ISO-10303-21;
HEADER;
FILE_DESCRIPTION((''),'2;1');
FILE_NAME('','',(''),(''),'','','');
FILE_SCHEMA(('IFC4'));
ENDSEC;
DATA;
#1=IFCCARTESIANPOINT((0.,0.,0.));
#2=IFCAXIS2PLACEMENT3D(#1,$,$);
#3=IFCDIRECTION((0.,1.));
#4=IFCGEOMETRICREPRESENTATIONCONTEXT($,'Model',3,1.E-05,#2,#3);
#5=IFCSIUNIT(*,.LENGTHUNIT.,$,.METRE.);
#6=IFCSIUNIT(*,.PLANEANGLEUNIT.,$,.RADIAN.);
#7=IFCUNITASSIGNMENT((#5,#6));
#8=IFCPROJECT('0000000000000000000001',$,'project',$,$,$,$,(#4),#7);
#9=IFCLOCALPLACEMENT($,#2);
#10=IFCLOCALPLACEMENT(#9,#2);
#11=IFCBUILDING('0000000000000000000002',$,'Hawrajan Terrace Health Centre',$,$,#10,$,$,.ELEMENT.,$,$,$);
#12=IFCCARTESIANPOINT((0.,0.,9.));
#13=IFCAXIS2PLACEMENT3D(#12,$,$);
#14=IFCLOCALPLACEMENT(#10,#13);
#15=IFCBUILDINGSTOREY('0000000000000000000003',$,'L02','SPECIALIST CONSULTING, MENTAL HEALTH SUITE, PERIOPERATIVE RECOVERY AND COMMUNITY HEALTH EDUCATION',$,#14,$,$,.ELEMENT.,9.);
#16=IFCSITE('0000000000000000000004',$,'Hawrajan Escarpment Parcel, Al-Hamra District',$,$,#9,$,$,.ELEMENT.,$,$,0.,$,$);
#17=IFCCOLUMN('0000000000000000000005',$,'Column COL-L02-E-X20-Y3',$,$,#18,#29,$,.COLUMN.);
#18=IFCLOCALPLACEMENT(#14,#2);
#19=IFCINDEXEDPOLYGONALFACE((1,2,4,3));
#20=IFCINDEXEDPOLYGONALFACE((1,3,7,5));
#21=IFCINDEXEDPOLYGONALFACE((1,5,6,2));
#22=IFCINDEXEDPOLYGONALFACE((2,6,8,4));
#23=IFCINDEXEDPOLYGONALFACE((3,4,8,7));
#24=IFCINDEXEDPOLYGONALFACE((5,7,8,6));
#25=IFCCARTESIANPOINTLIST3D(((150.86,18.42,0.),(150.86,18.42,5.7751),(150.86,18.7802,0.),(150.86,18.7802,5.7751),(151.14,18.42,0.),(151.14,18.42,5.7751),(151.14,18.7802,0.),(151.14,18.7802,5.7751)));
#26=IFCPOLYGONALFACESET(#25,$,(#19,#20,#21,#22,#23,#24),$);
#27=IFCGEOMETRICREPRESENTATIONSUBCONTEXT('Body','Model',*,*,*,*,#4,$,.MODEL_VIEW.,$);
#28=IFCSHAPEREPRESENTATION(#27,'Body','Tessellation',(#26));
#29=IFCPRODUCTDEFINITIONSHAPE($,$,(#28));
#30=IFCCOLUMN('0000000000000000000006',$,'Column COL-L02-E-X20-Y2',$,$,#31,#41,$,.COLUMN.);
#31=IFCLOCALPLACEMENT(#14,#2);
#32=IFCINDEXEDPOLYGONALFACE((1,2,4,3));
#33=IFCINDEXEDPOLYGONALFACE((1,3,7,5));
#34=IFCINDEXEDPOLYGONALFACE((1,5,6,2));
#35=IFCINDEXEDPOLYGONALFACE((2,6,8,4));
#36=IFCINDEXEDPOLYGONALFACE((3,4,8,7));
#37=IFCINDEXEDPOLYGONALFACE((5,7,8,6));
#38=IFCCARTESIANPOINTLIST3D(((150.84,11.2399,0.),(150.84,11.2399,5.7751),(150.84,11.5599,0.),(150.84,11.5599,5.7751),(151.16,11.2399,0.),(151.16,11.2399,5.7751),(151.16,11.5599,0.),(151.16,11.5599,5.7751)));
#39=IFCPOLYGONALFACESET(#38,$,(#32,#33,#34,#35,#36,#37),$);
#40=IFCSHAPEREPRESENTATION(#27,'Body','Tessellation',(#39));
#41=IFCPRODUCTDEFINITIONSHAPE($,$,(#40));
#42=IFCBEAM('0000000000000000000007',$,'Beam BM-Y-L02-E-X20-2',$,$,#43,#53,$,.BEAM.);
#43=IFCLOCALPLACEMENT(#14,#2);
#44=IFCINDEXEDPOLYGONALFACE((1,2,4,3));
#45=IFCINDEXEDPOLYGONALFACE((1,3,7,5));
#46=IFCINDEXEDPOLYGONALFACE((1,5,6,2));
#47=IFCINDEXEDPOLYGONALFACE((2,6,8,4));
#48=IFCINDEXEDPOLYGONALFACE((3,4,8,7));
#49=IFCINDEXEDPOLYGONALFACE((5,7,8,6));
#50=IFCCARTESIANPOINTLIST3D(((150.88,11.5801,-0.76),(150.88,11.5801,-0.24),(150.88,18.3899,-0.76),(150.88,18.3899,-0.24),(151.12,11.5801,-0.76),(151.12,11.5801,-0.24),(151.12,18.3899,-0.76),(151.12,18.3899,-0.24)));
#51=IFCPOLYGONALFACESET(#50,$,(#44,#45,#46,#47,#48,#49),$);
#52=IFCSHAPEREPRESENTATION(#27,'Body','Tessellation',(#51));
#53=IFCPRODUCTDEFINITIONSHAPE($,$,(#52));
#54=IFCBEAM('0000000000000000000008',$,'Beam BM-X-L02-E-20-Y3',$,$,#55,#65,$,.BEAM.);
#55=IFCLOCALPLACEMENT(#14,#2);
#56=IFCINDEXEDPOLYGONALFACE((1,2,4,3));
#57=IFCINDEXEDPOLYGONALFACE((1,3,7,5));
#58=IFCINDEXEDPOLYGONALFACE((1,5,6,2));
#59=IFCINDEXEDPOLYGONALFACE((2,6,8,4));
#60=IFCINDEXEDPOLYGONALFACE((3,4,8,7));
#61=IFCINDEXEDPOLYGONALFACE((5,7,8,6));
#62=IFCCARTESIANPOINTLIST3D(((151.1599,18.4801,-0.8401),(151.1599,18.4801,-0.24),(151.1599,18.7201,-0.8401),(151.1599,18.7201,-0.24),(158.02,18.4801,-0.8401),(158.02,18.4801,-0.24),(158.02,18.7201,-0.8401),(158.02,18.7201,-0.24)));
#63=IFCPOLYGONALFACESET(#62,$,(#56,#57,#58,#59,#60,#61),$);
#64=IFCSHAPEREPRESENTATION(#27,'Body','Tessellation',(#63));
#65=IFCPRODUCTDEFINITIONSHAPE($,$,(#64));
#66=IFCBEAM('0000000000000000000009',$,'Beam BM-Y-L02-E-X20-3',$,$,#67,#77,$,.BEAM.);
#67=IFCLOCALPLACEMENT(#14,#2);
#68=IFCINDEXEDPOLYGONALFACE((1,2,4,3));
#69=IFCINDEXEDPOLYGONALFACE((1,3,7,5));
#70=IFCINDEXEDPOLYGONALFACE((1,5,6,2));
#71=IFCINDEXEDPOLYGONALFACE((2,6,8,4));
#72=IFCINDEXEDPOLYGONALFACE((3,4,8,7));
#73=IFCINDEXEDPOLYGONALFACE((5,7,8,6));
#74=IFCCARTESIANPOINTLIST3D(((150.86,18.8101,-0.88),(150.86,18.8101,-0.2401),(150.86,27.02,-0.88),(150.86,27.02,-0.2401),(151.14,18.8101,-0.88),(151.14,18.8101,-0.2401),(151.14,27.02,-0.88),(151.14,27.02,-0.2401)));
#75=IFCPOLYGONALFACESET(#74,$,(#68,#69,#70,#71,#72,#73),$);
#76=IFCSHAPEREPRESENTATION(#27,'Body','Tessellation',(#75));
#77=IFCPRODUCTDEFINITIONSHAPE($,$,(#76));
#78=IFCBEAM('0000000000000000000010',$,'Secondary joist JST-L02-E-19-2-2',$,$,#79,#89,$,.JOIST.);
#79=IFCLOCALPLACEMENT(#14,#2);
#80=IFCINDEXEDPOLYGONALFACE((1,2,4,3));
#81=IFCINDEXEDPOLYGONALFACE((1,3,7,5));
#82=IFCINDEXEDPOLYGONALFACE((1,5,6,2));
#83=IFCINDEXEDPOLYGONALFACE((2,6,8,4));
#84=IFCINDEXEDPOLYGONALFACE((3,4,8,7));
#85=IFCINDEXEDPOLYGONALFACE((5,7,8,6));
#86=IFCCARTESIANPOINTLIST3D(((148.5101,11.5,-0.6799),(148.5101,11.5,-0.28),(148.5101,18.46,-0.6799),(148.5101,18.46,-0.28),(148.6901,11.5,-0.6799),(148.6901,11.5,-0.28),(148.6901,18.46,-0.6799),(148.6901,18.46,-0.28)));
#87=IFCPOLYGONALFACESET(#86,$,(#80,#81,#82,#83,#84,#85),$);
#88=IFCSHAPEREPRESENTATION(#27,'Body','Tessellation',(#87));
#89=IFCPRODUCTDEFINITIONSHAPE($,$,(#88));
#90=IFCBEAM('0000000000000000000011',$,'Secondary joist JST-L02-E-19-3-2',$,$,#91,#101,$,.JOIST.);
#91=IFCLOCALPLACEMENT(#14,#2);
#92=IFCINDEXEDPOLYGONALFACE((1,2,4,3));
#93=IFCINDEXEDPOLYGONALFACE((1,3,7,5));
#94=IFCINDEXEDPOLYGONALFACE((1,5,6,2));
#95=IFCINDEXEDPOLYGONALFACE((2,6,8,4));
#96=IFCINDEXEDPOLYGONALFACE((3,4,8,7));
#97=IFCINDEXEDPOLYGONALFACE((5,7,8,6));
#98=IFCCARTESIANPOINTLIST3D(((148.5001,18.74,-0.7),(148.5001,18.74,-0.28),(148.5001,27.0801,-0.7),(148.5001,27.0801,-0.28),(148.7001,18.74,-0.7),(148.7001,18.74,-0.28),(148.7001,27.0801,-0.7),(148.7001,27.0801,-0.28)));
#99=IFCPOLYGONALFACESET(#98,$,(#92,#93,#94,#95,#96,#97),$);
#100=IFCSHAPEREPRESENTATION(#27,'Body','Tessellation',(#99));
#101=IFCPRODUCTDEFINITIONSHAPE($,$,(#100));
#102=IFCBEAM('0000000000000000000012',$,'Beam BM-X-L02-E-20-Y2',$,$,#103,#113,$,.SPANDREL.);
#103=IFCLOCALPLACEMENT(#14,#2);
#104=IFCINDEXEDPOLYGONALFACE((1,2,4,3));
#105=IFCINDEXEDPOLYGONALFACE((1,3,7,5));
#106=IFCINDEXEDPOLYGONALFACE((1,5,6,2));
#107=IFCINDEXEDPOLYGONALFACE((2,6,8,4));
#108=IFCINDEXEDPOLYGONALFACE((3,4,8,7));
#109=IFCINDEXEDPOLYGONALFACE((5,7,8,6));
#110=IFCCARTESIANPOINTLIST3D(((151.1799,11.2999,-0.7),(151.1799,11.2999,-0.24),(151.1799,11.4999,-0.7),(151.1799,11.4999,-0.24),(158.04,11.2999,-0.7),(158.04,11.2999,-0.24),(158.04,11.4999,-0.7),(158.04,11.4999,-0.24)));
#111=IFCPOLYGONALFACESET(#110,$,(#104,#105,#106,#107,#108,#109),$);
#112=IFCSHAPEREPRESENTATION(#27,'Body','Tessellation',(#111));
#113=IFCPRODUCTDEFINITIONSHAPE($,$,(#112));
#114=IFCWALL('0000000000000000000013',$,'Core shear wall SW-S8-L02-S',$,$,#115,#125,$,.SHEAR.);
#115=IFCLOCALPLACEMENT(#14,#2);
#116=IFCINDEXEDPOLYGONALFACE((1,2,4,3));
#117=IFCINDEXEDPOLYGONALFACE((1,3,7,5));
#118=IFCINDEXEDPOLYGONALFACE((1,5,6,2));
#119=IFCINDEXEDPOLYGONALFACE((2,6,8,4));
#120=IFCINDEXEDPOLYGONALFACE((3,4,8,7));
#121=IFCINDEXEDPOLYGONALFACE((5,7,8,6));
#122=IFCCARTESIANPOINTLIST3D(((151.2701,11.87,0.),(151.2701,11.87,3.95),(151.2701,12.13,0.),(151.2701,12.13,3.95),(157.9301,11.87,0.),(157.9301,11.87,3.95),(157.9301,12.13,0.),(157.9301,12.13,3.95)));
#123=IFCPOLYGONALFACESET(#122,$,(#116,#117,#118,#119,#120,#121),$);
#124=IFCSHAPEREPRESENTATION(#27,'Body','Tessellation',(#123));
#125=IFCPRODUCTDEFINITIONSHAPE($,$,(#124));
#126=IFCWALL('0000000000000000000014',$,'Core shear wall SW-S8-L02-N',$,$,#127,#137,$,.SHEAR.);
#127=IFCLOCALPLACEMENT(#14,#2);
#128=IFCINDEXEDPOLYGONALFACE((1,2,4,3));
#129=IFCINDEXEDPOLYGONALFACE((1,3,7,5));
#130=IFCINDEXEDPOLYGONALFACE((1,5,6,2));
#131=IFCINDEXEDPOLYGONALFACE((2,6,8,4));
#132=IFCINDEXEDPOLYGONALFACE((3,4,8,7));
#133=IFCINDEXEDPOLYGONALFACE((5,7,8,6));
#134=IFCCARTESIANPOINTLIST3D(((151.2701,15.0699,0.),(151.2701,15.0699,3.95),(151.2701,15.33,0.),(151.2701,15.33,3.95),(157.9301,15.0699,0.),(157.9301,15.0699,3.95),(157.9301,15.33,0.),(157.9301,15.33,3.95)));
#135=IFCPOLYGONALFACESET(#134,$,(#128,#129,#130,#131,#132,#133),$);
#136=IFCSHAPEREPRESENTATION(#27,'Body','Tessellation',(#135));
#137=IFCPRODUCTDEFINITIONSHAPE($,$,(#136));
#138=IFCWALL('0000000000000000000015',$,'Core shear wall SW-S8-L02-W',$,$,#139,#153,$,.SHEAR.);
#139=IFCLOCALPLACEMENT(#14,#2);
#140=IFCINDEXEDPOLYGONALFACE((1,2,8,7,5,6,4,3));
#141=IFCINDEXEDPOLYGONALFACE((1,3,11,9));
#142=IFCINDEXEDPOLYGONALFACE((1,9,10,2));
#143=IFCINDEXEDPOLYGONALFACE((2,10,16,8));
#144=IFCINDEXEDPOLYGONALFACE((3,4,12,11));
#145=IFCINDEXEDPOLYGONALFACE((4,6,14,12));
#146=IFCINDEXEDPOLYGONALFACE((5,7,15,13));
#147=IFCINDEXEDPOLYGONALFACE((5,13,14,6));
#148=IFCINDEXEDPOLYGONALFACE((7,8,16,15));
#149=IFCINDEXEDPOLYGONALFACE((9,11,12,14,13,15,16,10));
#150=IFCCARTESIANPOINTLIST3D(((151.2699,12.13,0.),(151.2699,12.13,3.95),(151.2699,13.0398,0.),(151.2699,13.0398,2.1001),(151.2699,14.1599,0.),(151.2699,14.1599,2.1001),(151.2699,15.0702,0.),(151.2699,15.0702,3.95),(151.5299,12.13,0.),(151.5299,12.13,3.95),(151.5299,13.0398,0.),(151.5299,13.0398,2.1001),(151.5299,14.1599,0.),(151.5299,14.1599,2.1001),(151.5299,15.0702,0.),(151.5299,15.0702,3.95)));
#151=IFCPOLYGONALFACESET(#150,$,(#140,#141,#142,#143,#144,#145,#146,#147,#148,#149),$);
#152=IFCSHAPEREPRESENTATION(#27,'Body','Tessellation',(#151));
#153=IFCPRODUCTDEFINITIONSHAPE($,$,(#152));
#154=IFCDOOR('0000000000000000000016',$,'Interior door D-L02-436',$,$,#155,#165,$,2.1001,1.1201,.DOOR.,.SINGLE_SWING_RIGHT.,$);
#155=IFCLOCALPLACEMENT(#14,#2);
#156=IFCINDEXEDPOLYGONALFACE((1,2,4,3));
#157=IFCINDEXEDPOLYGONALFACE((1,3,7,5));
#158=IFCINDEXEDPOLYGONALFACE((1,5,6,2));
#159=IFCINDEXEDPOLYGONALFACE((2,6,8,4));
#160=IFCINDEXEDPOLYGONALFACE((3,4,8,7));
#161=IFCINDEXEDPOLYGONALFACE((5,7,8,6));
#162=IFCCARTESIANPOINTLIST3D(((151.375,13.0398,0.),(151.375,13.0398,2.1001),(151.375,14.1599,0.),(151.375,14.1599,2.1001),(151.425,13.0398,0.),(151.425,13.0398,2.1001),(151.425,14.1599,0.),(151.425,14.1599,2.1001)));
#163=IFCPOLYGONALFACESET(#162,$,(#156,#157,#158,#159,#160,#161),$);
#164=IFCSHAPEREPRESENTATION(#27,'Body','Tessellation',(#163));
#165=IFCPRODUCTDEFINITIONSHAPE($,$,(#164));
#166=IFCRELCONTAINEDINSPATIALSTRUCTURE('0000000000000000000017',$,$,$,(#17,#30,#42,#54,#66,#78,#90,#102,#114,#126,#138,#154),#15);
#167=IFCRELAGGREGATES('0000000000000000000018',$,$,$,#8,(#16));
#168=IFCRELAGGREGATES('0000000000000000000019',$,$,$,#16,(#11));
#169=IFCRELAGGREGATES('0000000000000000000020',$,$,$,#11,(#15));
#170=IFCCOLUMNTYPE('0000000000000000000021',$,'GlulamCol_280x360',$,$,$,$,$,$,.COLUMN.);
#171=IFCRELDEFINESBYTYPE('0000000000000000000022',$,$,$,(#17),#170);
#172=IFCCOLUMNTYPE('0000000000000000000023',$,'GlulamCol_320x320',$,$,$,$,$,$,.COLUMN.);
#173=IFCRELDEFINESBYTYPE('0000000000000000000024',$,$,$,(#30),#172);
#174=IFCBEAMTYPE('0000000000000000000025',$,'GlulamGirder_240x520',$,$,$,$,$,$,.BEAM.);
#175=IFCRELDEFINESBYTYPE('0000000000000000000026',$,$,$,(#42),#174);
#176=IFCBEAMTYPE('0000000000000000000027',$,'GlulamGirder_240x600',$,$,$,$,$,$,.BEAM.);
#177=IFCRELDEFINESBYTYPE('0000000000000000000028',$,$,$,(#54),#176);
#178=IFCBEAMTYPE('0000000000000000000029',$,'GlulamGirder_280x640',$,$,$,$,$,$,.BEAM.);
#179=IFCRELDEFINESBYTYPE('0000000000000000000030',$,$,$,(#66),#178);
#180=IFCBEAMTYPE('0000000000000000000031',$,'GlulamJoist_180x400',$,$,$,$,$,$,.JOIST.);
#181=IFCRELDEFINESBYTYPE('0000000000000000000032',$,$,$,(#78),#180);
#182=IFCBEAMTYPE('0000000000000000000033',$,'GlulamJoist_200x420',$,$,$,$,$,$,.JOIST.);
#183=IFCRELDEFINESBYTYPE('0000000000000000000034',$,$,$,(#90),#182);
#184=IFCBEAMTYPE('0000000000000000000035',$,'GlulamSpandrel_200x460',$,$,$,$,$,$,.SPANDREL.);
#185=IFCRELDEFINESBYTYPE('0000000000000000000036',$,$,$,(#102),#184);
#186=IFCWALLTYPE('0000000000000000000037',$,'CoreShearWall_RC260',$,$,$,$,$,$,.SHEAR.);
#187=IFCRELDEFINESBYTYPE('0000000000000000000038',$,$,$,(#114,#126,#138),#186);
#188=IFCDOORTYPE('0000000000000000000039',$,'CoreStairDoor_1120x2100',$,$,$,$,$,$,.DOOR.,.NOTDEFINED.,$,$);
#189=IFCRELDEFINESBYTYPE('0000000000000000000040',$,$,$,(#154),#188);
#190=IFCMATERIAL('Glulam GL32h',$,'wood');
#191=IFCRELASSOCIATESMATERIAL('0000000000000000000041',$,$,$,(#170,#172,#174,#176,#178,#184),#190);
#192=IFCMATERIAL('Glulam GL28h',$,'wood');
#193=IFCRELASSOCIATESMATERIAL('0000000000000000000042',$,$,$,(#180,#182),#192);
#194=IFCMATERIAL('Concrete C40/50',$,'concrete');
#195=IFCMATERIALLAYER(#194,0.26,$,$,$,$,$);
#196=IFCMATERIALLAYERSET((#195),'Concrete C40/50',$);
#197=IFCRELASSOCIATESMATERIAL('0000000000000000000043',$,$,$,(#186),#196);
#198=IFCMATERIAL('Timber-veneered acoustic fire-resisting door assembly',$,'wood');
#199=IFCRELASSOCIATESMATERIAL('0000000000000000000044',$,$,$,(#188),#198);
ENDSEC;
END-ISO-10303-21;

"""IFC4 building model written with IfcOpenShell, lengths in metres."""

from ifc_helpers import new_model, si_unit, direction, frame, frame_2d, origin, origin_2d, place, context, subcontext, project, spatial, rectangle, extrude, material, layer, layer_set, material_profile, profile_set, type_object, element, fill, save


model = new_model("IFC4")

# Units and contexts
model_context = context("Model", 3, precision=1e-05, world=origin(), true_north=direction((0.0, 1.0)))
body_context = subcontext(model_context, "Body", "Model", "MODEL_VIEW")
ifc_project = project(units=[si_unit("LENGTHUNIT", "METRE"), si_unit("PLANEANGLEUNIT", "RADIAN")], contexts=[model_context])

# Site, building, storey
site_placement = place(None, origin())
site = spatial("IfcSite", under=ifc_project, at=site_placement, Name="Hawrajan Escarpment Parcel, Al-Hamra District", CompositionType="ELEMENT", RefElevation=0.0)
building_placement = place(site_placement, origin())
building = spatial("IfcBuilding", under=site, at=building_placement, Name="Hawrajan Terrace Health Centre", CompositionType="ELEMENT")
storey_placement = place(building_placement, frame((0.0, 0.0, 9.0)))
storey = spatial("IfcBuildingStorey", under=building, at=storey_placement, Name="L02", Description="SPECIALIST CONSULTING, MENTAL HEALTH SUITE, PERIOPERATIVE RECOVERY AND COMMUNITY HEALTH EDUCATION", CompositionType="ELEMENT", Elevation=9.0)

# Columns
ifc_material_1 = material(Name="Glulam GL32h", Category="wood")
ifc_material_profile_1 = material_profile(ifc_material_1, rectangle(XDim=0.28, YDim=0.3601, at=origin_2d()), Name="GL 280x360")
ifc_profile_set_1 = profile_set([ifc_material_profile_1], Name="Glulam GL32h")
column_type_1 = type_object("IfcColumnType", Name="GlulamCol_280x360", PredefinedType="COLUMN", material=ifc_profile_set_1)
column_1_placement = place(storey_placement, frame((151.0, 18.6001, 0.0), z_axis=(0.0, 0.0, 1.0), x_axis=(1.0, 0.0, 0.0)))
element("IfcColumn", 1, at=column_1_placement, inside=storey, type_object=column_type_1, Name="Column COL-L02-E-X20-Y3", PredefinedType="COLUMN", context=body_context, shape_type="SweptSolid", body=[
    extrude(rectangle(XDim=0.28, YDim=0.3601, at=origin_2d()), origin(), (0.0, 0.0, 1.0), 5.7751),
])
ifc_material_profile_2 = material_profile(ifc_material_1, rectangle(XDim=0.3201, YDim=0.3201, at=origin_2d()), Name="GL 320x320")
ifc_profile_set_2 = profile_set([ifc_material_profile_2], Name="Glulam GL32h")
column_type_2 = type_object("IfcColumnType", Name="GlulamCol_320x320", PredefinedType="COLUMN", material=ifc_profile_set_2)
column_2_placement = place(storey_placement, frame((151.0, 11.3999, 0.0), z_axis=(0.0, 0.0, 1.0), x_axis=(1.0, 0.0, 0.0)))
element("IfcColumn", 2, at=column_2_placement, inside=storey, type_object=column_type_2, Name="Column COL-L02-E-X20-Y2", PredefinedType="COLUMN", context=body_context, shape_type="SweptSolid", body=[
    extrude(rectangle(XDim=0.3201, YDim=0.3201, at=origin_2d()), origin(), (0.0, 0.0, 1.0), 5.7751),
])

# Beams
ifc_material_profile_3 = material_profile(ifc_material_1, rectangle(XDim=0.24, YDim=0.52, at=origin_2d()), Name="GL BM 240x520")
ifc_profile_set_3 = profile_set([ifc_material_profile_3], Name="Glulam GL32h")
beam_type_1 = type_object("IfcBeamType", Name="GlulamGirder_240x520", PredefinedType="BEAM", material=ifc_profile_set_3)
beam_1_placement = place(storey_placement, frame((151.0, 11.5801, -0.5), z_axis=(0.0, 1.0, 0.0), x_axis=(-1.0, 0.0, 0.0)))
element("IfcBeam", 3, at=beam_1_placement, inside=storey, type_object=beam_type_1, Name="Beam BM-Y-L02-E-X20-2", PredefinedType="BEAM", context=body_context, shape_type="SweptSolid", body=[
    extrude(rectangle(XDim=0.24, YDim=0.52, at=origin_2d()), origin(), (0.0, 0.0, 1.0), 6.8098),
])
ifc_material_profile_4 = material_profile(ifc_material_1, rectangle(XDim=0.24, YDim=0.6001, at=origin_2d()), Name="GL BM 240x600")
ifc_profile_set_4 = profile_set([ifc_material_profile_4], Name="Glulam GL32h")
beam_type_2 = type_object("IfcBeamType", Name="GlulamGirder_240x600", PredefinedType="BEAM", material=ifc_profile_set_4)
beam_2_placement = place(storey_placement, frame((151.1599, 18.6001, -0.54), z_axis=(1.0, 0.0, 0.0), x_axis=(0.0, 1.0, 0.0)))
element("IfcBeam", 4, at=beam_2_placement, inside=storey, type_object=beam_type_2, Name="Beam BM-X-L02-E-20-Y3", PredefinedType="BEAM", context=body_context, shape_type="SweptSolid", body=[
    extrude(rectangle(XDim=0.24, YDim=0.6001, at=origin_2d()), origin(), (0.0, 0.0, 1.0), 6.8601),
])
ifc_material_profile_5 = material_profile(ifc_material_1, rectangle(XDim=0.28, YDim=0.6399, at=origin_2d()), Name="GL BM 280x640")
ifc_profile_set_5 = profile_set([ifc_material_profile_5], Name="Glulam GL32h")
beam_type_3 = type_object("IfcBeamType", Name="GlulamGirder_280x640", PredefinedType="BEAM", material=ifc_profile_set_5)
beam_3_placement = place(storey_placement, frame((151.0, 18.8101, -0.5601), z_axis=(0.0, 1.0, 0.0), x_axis=(-1.0, 0.0, 0.0)))
element("IfcBeam", 5, at=beam_3_placement, inside=storey, type_object=beam_type_3, Name="Beam BM-Y-L02-E-X20-3", PredefinedType="BEAM", context=body_context, shape_type="SweptSolid", body=[
    extrude(rectangle(XDim=0.28, YDim=0.6399, at=origin_2d()), origin(), (0.0, 0.0, 1.0), 8.21),
])
ifc_material_2 = material(Name="Glulam GL28h", Category="wood")
ifc_material_profile_6 = material_profile(ifc_material_2, rectangle(XDim=0.1799, YDim=0.3999, at=origin_2d()), Name="GL JST 180x400")
ifc_profile_set_6 = profile_set([ifc_material_profile_6], Name="Glulam GL28h")
beam_type_4 = type_object("IfcBeamType", Name="GlulamJoist_180x400", PredefinedType="JOIST", material=ifc_profile_set_6)
beam_4_placement = place(storey_placement, frame((148.6001, 11.5, -0.48), z_axis=(0.0, 1.0, 0.0), x_axis=(-1.0, 0.0, 0.0)))
element("IfcBeam", 6, at=beam_4_placement, inside=storey, type_object=beam_type_4, Name="Secondary joist JST-L02-E-19-2-2", PredefinedType="JOIST", context=body_context, shape_type="SweptSolid", body=[
    extrude(rectangle(XDim=0.1799, YDim=0.3999, at=origin_2d()), origin(), (0.0, 0.0, 1.0), 6.96),
])
ifc_material_profile_7 = material_profile(ifc_material_2, rectangle(XDim=0.2, YDim=0.4199, at=origin_2d()), Name="GL JST 200x420")
ifc_profile_set_7 = profile_set([ifc_material_profile_7], Name="Glulam GL28h")
beam_type_5 = type_object("IfcBeamType", Name="GlulamJoist_200x420", PredefinedType="JOIST", material=ifc_profile_set_7)
beam_5_placement = place(storey_placement, frame((148.6001, 18.74, -0.49), z_axis=(0.0, 1.0, 0.0), x_axis=(-1.0, 0.0, 0.0)))
element("IfcBeam", 7, at=beam_5_placement, inside=storey, type_object=beam_type_5, Name="Secondary joist JST-L02-E-19-3-2", PredefinedType="JOIST", context=body_context, shape_type="SweptSolid", body=[
    extrude(rectangle(XDim=0.2, YDim=0.4199, at=origin_2d()), origin(), (0.0, 0.0, 1.0), 8.3401),
])
ifc_material_profile_8 = material_profile(ifc_material_1, rectangle(XDim=0.2, YDim=0.46, at=origin_2d()), Name="GL SP 200x460")
ifc_profile_set_8 = profile_set([ifc_material_profile_8], Name="Glulam GL32h")
beam_type_6 = type_object("IfcBeamType", Name="GlulamSpandrel_200x460", PredefinedType="SPANDREL", material=ifc_profile_set_8)
beam_6_placement = place(storey_placement, frame((151.1799, 11.3999, -0.47), z_axis=(1.0, 0.0, 0.0), x_axis=(0.0, 1.0, 0.0)))
element("IfcBeam", 8, at=beam_6_placement, inside=storey, type_object=beam_type_6, Name="Beam BM-X-L02-E-20-Y2", PredefinedType="SPANDREL", context=body_context, shape_type="SweptSolid", body=[
    extrude(rectangle(XDim=0.2, YDim=0.46, at=origin_2d()), origin(), (0.0, 0.0, 1.0), 6.8601),
])

# Walls
ifc_material_3 = material(Name="Concrete C40/50", Category="concrete")
ifc_layer_1 = layer(ifc_material_3, 0.26)
ifc_layer_set_1 = layer_set([ifc_layer_1], Name="Concrete C40/50")
wall_type_1 = type_object("IfcWallType", Name="CoreShearWall_RC260", PredefinedType="SHEAR", material=ifc_layer_set_1)
for number, where, z_axis, x_axis, name in (
    (9, (151.27, 12.0, 0.0), (0.0, 0.0, 1.0), (1.0, 0.0, 0.0), "Core shear wall SW-S8-L02-S"),
    (10, (151.27, 15.2, 0.0), (0.0, 0.0, 1.0), (1.0, 0.0, 0.0), "Core shear wall SW-S8-L02-N"),
):
    element("IfcWall", number, at=place(storey_placement, frame(where, z_axis=z_axis, x_axis=x_axis)), inside=storey, type_object=wall_type_1, Name=name, PredefinedType="SHEAR", context=body_context, shape_type="SweptSolid", body=[
        extrude(rectangle(XDim=6.6599, YDim=0.26, at=frame_2d((3.3301, 0.0))), origin(), (0.0, 0.0, 1.0), 3.95),
    ])

# Wall, opening, door
wall_1_placement = place(storey_placement, frame((151.3999, 12.1299, 0.0), z_axis=(0.0, 0.0, 1.0), x_axis=(0.0, 1.0, 0.0)))
wall_1 = element("IfcWall", 11, at=wall_1_placement, inside=storey, type_object=wall_type_1, Name="Core shear wall SW-S8-L02-W", PredefinedType="SHEAR", context=body_context, shape_type="SweptSolid", body=[
    extrude(rectangle(XDim=2.9402, YDim=0.26, at=frame_2d((1.4702, 0.0))), origin(), (0.0, 0.0, 1.0), 3.95),
])
opening_1_placement = place(wall_1_placement, frame((0.9099, 0.0, 0.0)))
opening_1 = element("IfcOpeningElement", 12, at=opening_1_placement, cuts=wall_1, PredefinedType="OPENING", context=body_context, shape_type="SweptSolid", body=[
    extrude(rectangle(XDim=1.1201, YDim=2.1001, at=frame_2d((0.5601, 1.05))), frame((0.0, 0.1399, 0.0), z_axis=(0.0, -1.0, 0.0), x_axis=(1.0, 0.0, 0.0)), (0.0, 0.0, 1.0), 0.28),
])
ifc_material_4 = material(Name="Timber-veneered acoustic fire-resisting door assembly", Category="wood")
door_type_1 = type_object("IfcDoorType", Name="CoreStairDoor_1120x2100", OperationType="NOTDEFINED", PredefinedType="DOOR", material=ifc_material_4)
door_1_placement = place(opening_1_placement, origin())
door_1 = element("IfcDoor", 13, at=door_1_placement, inside=storey, type_object=door_type_1, Name="Interior door D-L02-436", OperationType="SINGLE_SWING_RIGHT", OverallHeight=2.1001, OverallWidth=1.1201, PredefinedType="DOOR", context=body_context, shape_type="SweptSolid", body=[
    extrude(rectangle(XDim=1.1201, YDim=2.1001, at=frame_2d((0.5601, 1.05))), frame((0.0, 0.0249, 0.0), z_axis=(0.0, -1.0, 0.0), x_axis=(1.0, 0.0, 0.0)), (0.0, 0.0, 1.0), 0.05),
])
fill(opening_1, door_1)

save(model, "model.ifc")
